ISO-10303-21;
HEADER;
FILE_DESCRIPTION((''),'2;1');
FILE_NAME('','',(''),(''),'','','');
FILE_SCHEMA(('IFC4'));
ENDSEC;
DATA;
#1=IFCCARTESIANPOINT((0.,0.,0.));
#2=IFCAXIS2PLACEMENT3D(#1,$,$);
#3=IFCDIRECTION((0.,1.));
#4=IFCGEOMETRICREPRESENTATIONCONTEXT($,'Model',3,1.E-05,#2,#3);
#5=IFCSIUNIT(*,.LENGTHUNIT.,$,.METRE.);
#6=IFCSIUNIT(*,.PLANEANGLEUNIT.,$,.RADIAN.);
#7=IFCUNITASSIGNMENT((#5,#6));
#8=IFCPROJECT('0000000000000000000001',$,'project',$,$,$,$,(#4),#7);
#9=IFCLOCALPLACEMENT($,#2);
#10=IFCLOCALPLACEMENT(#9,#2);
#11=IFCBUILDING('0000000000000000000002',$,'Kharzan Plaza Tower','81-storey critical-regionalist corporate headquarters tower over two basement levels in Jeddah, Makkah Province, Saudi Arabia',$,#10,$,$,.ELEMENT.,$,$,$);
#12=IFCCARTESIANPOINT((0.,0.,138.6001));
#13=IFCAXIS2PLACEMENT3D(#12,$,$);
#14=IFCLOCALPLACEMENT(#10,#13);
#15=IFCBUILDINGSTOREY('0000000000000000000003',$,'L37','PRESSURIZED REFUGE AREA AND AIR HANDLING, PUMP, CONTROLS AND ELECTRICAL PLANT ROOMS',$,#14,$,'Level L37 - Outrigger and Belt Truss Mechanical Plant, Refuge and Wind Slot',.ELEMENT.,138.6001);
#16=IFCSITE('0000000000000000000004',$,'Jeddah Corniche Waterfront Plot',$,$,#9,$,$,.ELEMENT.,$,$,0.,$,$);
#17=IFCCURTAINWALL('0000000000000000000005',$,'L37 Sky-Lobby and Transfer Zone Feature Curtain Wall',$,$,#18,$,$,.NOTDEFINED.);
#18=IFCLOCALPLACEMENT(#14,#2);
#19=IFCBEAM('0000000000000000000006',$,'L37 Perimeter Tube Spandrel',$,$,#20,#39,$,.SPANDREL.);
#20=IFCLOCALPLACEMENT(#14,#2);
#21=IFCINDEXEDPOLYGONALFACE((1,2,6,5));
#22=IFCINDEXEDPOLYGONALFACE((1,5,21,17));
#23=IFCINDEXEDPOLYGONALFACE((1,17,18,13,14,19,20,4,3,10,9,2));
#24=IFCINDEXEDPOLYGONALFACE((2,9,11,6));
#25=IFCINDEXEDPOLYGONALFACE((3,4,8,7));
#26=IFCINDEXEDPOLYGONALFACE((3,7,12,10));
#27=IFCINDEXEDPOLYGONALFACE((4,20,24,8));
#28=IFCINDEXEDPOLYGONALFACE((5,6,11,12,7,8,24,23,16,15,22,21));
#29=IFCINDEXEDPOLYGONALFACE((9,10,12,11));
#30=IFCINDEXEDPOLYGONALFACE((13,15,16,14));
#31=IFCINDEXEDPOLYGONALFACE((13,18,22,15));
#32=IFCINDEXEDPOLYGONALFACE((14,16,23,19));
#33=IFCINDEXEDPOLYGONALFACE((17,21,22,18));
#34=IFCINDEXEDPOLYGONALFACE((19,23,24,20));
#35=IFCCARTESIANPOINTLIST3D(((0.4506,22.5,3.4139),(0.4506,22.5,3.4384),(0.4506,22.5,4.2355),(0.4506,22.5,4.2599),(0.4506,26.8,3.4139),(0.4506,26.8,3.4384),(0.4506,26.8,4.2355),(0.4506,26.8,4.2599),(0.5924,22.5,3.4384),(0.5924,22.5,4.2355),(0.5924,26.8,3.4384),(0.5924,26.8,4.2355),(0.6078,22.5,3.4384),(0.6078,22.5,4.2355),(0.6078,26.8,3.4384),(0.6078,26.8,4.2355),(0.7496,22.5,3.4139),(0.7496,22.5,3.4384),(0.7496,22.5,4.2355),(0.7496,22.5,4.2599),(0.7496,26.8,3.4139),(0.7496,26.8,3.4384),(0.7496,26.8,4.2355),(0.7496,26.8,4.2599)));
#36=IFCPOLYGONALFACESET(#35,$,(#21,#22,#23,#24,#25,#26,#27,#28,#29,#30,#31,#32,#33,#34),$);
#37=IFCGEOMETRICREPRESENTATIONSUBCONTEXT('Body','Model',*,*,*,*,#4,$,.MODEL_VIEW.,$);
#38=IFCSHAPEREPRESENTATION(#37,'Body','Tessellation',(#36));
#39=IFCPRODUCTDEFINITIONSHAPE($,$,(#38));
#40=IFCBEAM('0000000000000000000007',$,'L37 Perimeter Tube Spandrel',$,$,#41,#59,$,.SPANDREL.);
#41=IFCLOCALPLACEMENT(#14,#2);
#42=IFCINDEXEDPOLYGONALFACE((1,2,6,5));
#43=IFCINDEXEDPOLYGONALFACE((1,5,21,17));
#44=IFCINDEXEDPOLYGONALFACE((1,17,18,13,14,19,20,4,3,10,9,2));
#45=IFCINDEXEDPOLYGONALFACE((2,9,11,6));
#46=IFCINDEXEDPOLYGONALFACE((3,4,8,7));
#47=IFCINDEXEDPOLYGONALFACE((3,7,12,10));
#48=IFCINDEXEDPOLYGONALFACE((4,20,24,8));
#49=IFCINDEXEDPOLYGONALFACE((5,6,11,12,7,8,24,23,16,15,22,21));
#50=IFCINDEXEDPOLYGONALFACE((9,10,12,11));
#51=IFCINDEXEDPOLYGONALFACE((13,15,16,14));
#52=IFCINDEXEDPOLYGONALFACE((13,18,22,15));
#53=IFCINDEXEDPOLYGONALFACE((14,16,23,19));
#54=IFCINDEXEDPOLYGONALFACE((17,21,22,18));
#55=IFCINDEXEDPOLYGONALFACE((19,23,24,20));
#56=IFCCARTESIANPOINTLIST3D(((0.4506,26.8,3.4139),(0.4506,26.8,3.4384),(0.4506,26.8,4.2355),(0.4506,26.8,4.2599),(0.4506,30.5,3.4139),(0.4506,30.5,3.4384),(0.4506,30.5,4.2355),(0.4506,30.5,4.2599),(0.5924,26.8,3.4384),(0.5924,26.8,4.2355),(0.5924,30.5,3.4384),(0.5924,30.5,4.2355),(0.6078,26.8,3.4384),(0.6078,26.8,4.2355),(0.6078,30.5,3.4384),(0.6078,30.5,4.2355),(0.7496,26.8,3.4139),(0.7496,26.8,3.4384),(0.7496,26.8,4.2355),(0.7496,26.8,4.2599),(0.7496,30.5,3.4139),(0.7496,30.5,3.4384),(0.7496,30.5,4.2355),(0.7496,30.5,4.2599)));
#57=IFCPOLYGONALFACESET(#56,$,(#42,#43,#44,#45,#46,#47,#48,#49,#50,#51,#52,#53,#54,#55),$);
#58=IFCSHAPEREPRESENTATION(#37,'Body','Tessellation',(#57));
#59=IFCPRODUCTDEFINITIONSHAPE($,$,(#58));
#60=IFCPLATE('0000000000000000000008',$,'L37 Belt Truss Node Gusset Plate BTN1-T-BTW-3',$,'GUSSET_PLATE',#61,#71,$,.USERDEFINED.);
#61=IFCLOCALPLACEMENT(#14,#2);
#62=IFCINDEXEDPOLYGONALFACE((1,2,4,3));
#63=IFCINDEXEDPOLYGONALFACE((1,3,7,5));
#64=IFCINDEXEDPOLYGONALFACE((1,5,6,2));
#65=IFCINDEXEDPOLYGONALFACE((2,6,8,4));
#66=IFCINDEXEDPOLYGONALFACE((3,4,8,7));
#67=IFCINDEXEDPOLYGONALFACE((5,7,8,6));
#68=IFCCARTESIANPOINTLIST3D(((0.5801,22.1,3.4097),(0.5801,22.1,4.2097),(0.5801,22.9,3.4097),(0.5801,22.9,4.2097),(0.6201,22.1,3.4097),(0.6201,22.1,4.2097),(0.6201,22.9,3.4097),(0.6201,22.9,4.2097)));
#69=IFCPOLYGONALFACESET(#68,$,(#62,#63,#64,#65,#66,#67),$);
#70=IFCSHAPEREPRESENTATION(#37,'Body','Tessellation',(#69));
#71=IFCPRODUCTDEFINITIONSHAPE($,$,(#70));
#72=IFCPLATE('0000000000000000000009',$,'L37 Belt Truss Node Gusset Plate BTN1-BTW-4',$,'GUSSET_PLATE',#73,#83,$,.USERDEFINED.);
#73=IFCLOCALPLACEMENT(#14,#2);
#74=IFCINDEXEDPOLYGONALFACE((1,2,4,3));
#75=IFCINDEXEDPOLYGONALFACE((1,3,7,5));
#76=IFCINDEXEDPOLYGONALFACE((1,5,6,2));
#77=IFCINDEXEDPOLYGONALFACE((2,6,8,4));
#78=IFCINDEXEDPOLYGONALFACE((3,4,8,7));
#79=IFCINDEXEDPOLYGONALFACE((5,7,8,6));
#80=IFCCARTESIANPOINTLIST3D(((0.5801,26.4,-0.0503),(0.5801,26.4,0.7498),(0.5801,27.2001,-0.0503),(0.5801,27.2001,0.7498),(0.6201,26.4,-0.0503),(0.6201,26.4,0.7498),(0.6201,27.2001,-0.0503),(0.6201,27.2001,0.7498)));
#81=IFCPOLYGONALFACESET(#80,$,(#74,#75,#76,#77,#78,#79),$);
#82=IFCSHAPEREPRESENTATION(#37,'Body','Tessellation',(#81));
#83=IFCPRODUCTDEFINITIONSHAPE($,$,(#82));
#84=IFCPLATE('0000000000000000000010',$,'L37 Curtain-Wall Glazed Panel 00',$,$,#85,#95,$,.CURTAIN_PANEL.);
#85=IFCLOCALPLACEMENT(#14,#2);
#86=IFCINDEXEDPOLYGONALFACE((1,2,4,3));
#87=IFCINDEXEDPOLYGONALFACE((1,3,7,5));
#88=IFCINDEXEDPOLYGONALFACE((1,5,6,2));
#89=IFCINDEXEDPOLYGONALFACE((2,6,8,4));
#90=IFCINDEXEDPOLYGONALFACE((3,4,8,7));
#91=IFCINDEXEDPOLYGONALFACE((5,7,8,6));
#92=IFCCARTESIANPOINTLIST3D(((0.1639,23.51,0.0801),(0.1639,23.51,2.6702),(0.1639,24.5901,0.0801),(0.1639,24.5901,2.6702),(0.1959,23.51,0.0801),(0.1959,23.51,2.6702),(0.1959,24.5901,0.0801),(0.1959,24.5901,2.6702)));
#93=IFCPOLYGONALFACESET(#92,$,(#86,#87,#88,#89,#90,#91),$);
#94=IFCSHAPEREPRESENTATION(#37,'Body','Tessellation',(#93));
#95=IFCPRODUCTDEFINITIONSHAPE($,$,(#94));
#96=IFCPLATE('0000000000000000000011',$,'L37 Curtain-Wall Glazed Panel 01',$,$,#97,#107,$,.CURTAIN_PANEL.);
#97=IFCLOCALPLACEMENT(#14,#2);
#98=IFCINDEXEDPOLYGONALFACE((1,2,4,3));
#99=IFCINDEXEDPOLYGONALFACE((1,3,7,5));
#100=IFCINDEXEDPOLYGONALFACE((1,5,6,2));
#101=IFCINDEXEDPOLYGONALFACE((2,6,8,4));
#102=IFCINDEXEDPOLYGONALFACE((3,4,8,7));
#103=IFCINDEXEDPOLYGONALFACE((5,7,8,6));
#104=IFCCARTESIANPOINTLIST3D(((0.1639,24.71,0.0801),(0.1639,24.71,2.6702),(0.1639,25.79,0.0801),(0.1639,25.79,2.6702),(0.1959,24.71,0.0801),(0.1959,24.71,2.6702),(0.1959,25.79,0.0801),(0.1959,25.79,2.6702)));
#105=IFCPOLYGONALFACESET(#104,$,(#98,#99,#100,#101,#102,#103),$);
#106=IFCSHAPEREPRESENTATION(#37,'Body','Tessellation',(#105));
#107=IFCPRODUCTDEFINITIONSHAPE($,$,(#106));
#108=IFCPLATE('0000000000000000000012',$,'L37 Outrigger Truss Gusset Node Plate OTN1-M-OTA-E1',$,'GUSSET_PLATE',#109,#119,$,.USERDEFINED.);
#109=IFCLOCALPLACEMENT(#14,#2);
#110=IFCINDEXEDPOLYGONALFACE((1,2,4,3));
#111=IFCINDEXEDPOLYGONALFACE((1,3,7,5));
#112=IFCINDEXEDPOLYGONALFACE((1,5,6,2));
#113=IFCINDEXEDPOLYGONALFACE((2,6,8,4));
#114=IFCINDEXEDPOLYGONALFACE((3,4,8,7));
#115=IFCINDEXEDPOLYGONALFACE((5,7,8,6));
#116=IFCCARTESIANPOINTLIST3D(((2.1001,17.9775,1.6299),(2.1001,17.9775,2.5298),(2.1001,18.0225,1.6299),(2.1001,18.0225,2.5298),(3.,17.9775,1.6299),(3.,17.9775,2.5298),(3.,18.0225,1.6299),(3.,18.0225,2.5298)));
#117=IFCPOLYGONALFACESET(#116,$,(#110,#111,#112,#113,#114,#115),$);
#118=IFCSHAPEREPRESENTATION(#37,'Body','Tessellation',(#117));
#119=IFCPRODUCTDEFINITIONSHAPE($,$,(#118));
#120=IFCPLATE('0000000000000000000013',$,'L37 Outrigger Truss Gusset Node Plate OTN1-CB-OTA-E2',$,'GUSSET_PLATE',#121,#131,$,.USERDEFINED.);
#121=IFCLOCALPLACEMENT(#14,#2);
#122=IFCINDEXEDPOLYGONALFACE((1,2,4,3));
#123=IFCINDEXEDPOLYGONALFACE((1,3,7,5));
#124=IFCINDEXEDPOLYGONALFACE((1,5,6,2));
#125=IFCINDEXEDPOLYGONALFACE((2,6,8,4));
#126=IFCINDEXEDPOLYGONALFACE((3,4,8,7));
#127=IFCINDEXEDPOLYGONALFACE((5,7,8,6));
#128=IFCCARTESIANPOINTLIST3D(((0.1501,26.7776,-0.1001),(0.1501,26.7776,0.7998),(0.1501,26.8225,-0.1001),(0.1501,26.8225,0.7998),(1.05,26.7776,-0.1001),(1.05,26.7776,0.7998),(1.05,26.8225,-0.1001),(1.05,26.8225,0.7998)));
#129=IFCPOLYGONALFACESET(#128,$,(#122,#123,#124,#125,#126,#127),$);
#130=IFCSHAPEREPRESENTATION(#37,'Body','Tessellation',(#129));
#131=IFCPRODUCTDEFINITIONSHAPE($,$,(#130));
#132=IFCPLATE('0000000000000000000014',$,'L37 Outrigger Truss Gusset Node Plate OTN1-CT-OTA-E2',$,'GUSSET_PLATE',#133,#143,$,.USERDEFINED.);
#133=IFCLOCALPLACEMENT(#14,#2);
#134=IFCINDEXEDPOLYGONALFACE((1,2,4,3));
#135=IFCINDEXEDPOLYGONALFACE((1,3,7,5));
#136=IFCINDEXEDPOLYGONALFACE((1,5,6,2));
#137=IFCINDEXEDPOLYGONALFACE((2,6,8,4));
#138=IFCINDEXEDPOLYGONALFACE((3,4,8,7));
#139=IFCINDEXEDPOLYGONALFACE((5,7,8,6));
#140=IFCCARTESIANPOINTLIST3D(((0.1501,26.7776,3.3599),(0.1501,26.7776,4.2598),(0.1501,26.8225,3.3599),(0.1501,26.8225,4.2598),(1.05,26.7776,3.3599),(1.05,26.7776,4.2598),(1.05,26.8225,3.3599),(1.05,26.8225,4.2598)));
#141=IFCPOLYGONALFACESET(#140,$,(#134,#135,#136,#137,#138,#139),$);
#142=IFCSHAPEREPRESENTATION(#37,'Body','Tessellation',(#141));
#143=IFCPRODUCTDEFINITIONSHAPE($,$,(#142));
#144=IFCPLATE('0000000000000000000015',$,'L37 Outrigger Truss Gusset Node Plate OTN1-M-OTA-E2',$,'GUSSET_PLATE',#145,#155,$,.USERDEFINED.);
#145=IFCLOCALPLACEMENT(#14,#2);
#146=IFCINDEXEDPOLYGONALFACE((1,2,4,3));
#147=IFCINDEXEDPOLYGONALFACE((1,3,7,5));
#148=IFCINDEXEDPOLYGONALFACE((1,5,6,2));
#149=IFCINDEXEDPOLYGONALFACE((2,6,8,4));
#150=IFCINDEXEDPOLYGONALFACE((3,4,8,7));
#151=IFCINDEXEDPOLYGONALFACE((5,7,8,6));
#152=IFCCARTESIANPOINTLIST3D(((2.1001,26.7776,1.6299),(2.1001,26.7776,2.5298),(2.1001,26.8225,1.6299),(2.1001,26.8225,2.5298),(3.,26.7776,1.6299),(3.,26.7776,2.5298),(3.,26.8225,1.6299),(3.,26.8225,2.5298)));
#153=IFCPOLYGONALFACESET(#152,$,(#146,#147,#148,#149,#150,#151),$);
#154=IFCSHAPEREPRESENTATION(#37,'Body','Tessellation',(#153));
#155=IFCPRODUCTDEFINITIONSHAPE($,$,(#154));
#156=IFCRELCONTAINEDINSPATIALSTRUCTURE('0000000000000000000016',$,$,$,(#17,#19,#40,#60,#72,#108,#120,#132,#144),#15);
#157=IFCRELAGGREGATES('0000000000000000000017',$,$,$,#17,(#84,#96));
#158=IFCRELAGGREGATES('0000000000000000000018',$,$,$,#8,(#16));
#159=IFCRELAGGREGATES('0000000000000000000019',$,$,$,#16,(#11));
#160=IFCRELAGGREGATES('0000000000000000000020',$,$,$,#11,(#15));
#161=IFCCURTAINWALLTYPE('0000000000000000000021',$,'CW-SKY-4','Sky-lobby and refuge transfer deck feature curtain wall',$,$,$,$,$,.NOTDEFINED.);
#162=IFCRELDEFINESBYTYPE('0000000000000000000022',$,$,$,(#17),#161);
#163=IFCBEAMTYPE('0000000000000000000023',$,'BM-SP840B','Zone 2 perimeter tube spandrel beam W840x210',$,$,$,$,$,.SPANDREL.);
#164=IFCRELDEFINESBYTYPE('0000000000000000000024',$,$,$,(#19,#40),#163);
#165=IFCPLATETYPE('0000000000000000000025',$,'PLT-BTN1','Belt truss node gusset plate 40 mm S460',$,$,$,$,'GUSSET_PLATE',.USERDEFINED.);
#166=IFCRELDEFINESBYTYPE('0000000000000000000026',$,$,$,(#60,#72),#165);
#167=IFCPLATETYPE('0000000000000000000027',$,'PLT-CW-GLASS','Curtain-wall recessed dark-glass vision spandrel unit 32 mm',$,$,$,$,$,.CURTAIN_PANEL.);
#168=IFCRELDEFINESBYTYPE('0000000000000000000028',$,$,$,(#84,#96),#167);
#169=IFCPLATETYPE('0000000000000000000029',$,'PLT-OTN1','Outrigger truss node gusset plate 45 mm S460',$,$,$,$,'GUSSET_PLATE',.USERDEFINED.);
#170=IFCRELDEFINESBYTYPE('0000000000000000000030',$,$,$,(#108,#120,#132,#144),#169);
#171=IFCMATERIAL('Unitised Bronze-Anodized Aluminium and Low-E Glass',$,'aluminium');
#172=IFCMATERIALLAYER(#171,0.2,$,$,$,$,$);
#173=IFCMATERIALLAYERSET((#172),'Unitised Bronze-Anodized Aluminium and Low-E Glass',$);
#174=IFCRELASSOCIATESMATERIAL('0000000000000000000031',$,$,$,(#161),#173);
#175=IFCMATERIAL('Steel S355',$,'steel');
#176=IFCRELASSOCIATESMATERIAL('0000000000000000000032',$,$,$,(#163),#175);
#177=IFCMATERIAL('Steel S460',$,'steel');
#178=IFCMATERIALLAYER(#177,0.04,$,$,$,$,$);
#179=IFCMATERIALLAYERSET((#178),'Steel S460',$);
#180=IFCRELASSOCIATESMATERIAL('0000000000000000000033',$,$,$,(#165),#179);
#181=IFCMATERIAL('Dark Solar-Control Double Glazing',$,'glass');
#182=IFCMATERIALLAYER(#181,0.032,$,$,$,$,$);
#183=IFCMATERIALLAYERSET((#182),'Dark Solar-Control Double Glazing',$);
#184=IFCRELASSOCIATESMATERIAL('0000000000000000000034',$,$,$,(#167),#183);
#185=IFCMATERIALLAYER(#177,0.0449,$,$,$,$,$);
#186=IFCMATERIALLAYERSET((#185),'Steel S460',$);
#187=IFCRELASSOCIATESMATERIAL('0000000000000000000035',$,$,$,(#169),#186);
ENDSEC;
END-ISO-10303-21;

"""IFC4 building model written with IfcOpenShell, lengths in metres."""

from ifc_helpers import new_model, si_unit, direction, frame, origin, origin_2d, place, context, subcontext, project, spatial, rectangle, i_section, extrude, source, transform, mapped, material, layer, layer_set, material_profile, profile_set, type_object, element, aggregate, save


model = new_model("IFC4")

# Units and contexts
model_context = context("Model", 3, precision=1e-05, world=origin(), true_north=direction((0.0, 1.0)))
body_context = subcontext(model_context, "Body", "Model", "MODEL_VIEW")
ifc_project = project(units=[si_unit("LENGTHUNIT", "METRE"), si_unit("PLANEANGLEUNIT", "RADIAN")], contexts=[model_context])

# Site, building, storey
site_placement = place(None, origin())
site = spatial("IfcSite", under=ifc_project, at=site_placement, Name="Jeddah Corniche Waterfront Plot", CompositionType="ELEMENT", RefElevation=0.0)
building_placement = place(site_placement, origin())
building = spatial("IfcBuilding", under=site, at=building_placement, Name="Kharzan Plaza Tower", Description="81-storey critical-regionalist corporate headquarters tower over two basement levels in Jeddah, Makkah Province, Saudi Arabia", CompositionType="ELEMENT")
storey_placement = place(building_placement, frame((0.0, 0.0, 138.6001)))
storey = spatial("IfcBuildingStorey", under=building, at=storey_placement, Name="L37", Description="PRESSURIZED REFUGE AREA AND AIR HANDLING, PUMP, CONTROLS AND ELECTRICAL PLANT ROOMS", LongName="Level L37 - Outrigger and Belt Truss Mechanical Plant, Refuge and Wind Slot", CompositionType="ELEMENT", Elevation=138.6001)

# Shared definitions
ifc_material_1 = material(Name="Steel S355", Category="steel")

# Curtain wall
ifc_material_2 = material(Name="Unitised Bronze-Anodized Aluminium and Low-E Glass", Category="aluminium")
ifc_layer_1 = layer(ifc_material_2, 0.2)
ifc_layer_set_1 = layer_set([ifc_layer_1], Name="Unitised Bronze-Anodized Aluminium and Low-E Glass")
curtain_wall_type = type_object("IfcCurtainWallType", Name="CW-SKY-4", Description="Sky-lobby and refuge transfer deck feature curtain wall", PredefinedType="NOTDEFINED", material=ifc_layer_set_1)
curtain_wall_placement = place(storey_placement, origin())
curtain_wall = element("IfcCurtainWall", 1, at=curtain_wall_placement, inside=storey, type_object=curtain_wall_type, Name="L37 Sky-Lobby and Transfer Zone Feature Curtain Wall", PredefinedType="NOTDEFINED")

# Beams
ifc_material_profile_1 = material_profile(ifc_material_1, i_section(OverallWidth=0.2991, OverallDepth=0.8459, WebThickness=0.0154, FlangeThickness=0.0244, at=origin_2d()), Name="W840x210")
ifc_profile_set_1 = profile_set([ifc_material_profile_1], Name="Steel S355")
beam_type_1 = type_object("IfcBeamType", Name="BM-SP840B", Description="Zone 2 perimeter tube spandrel beam W840x210", PredefinedType="SPANDREL", material=ifc_profile_set_1)
shared_shape_1 = source(origin(), body_context, "Body", "SweptSolid", [
    extrude(i_section(OverallWidth=0.2991, OverallDepth=0.8459, WebThickness=0.0154, FlangeThickness=0.0244, at=origin_2d()), origin(), (0.0, 0.0, 1.0), 4.3),
])
beam_1_placement = place(storey_placement, frame((0.6001, 22.5, 3.8369), z_axis=(0.0, 1.0, 0.0), x_axis=(-1.0, 0.0, 0.0)))
element("IfcBeam", 2, at=beam_1_placement, inside=storey, type_object=beam_type_1, Name="L37 Perimeter Tube Spandrel", PredefinedType="SPANDREL", context=body_context, shape_type="MappedRepresentation", body=[
    mapped(shared_shape_1, transform((0.0, 0.0, 0.0), x_axis=(1.0, 0.0, 0.0), y_axis=(0.0, 1.0, 0.0), z_axis=(0.0, 0.0, 1.0))),
])
shared_shape_2 = source(origin(), body_context, "Body", "SweptSolid", [
    extrude(i_section(OverallWidth=0.2991, OverallDepth=0.8459, WebThickness=0.0154, FlangeThickness=0.0244, at=origin_2d()), origin(), (0.0, 0.0, 1.0), 3.7),
])
beam_2_placement = place(storey_placement, frame((0.6001, 26.8, 3.8369), z_axis=(0.0, 1.0, 0.0), x_axis=(-1.0, 0.0, 0.0)))
element("IfcBeam", 3, at=beam_2_placement, inside=storey, type_object=beam_type_1, Name="L37 Perimeter Tube Spandrel", PredefinedType="SPANDREL", context=body_context, shape_type="MappedRepresentation", body=[
    mapped(shared_shape_2, transform((0.0, 0.0, 0.0), x_axis=(1.0, 0.0, 0.0), y_axis=(0.0, 1.0, 0.0), z_axis=(0.0, 0.0, 1.0))),
])

# Plates
ifc_material_3 = material(Name="Steel S460", Category="steel")
ifc_layer_2 = layer(ifc_material_3, 0.04)
ifc_layer_set_2 = layer_set([ifc_layer_2], Name="Steel S460")
plate_type_1 = type_object("IfcPlateType", Name="PLT-BTN1", Description="Belt truss node gusset plate 40 mm S460", ElementType="GUSSET_PLATE", PredefinedType="USERDEFINED", material=ifc_layer_set_2)
shared_shape_3 = source(origin(), body_context, "Body", "SweptSolid", [
    extrude(rectangle(XDim=0.8, YDim=0.04, at=origin_2d()), origin(), (0.0, 0.0, 1.0), 0.8),
])
for number, where, z_axis, x_axis, name in (
    (4, (0.6001, 22.5, 3.4097), (0.0, 0.0, 1.0), (0.0, 1.0, 0.0), "L37 Belt Truss Node Gusset Plate BTN1-T-BTW-3"),
    (5, (0.6001, 26.8, -0.0503), (0.0, 0.0, 1.0), (0.0, 1.0, 0.0), "L37 Belt Truss Node Gusset Plate BTN1-BTW-4"),
):
    element("IfcPlate", number, at=place(storey_placement, frame(where, z_axis=z_axis, x_axis=x_axis)), inside=storey, type_object=plate_type_1, Name=name, ObjectType="GUSSET_PLATE", PredefinedType="USERDEFINED", context=body_context, shape_type="MappedRepresentation", body=[
        mapped(shared_shape_3, transform((0.0, 0.0, 0.0), x_axis=(1.0, 0.0, 0.0), y_axis=(0.0, 1.0, 0.0), z_axis=(0.0, 0.0, 1.0))),
    ])

# Plates
ifc_material_4 = material(Name="Dark Solar-Control Double Glazing", Category="glass")
ifc_layer_3 = layer(ifc_material_4, 0.032)
ifc_layer_set_3 = layer_set([ifc_layer_3], Name="Dark Solar-Control Double Glazing")
plate_type_2 = type_object("IfcPlateType", Name="PLT-CW-GLASS", Description="Curtain-wall recessed dark-glass vision spandrel unit 32 mm", PredefinedType="CURTAIN_PANEL", material=ifc_layer_set_3)
shared_shape_4 = source(origin(), body_context, "Body", "SweptSolid", [
    extrude(rectangle(XDim=1.0801, YDim=0.032, at=origin_2d()), origin(), (0.0, 0.0, 1.0), 2.5901),
])
plate_1_placement = place(storey_placement, frame((0.1799, 24.05, 0.0801), z_axis=(0.0, 0.0, 1.0), x_axis=(0.0, 1.0, 0.0)))
plate_1 = element("IfcPlate", 6, at=plate_1_placement, type_object=plate_type_2, Name="L37 Curtain-Wall Glazed Panel 00", PredefinedType="CURTAIN_PANEL", context=body_context, shape_type="MappedRepresentation", body=[
    mapped(shared_shape_4, transform((0.0, 0.0, 0.0), x_axis=(1.0, 0.0, 0.0), y_axis=(0.0, 1.0, 0.0), z_axis=(0.0, 0.0, 1.0))),
])
plate_2_placement = place(storey_placement, frame((0.1799, 25.25, 0.0801), z_axis=(0.0, 0.0, 1.0), x_axis=(0.0, 1.0, 0.0)))
plate_2 = element("IfcPlate", 7, at=plate_2_placement, type_object=plate_type_2, Name="L37 Curtain-Wall Glazed Panel 01", PredefinedType="CURTAIN_PANEL", context=body_context, shape_type="MappedRepresentation", body=[
    mapped(shared_shape_4, transform((0.0, 0.0, 0.0), x_axis=(1.0, 0.0, 0.0), y_axis=(0.0, 1.0, 0.0), z_axis=(0.0, 0.0, 1.0))),
])
aggregate(curtain_wall, [plate_1, plate_2])

# Plates
ifc_layer_4 = layer(ifc_material_3, 0.0449)
ifc_layer_set_4 = layer_set([ifc_layer_4], Name="Steel S460")
plate_type_3 = type_object("IfcPlateType", Name="PLT-OTN1", Description="Outrigger truss node gusset plate 45 mm S460", ElementType="GUSSET_PLATE", PredefinedType="USERDEFINED", material=ifc_layer_set_4)
shared_shape_5 = source(origin(), body_context, "Body", "SweptSolid", [
    extrude(rectangle(XDim=0.8999, YDim=0.0449, at=origin_2d()), origin(), (0.0, 0.0, 1.0), 0.8999),
])
for number, where, z_axis, x_axis, name in (
    (8, (2.55, 18.0, 1.6299), (0.0, 0.0, 1.0), (-1.0, 0.0, 0.0), "L37 Outrigger Truss Gusset Node Plate OTN1-M-OTA-E1"),
    (9, (0.6001, 26.8, -0.1001), (0.0, 0.0, 1.0), (-1.0, 0.0, 0.0), "L37 Outrigger Truss Gusset Node Plate OTN1-CB-OTA-E2"),
    (10, (0.6001, 26.8, 3.3599), (0.0, 0.0, 1.0), (-1.0, 0.0, 0.0), "L37 Outrigger Truss Gusset Node Plate OTN1-CT-OTA-E2"),
    (11, (2.55, 26.8, 1.6299), (0.0, 0.0, 1.0), (-1.0, 0.0, 0.0), "L37 Outrigger Truss Gusset Node Plate OTN1-M-OTA-E2"),
):
    element("IfcPlate", number, at=place(storey_placement, frame(where, z_axis=z_axis, x_axis=x_axis)), inside=storey, type_object=plate_type_3, Name=name, ObjectType="GUSSET_PLATE", PredefinedType="USERDEFINED", context=body_context, shape_type="MappedRepresentation", body=[
        mapped(shared_shape_5, transform((0.0, 0.0, 0.0), x_axis=(1.0, 0.0, 0.0), y_axis=(0.0, 1.0, 0.0), z_axis=(0.0, 0.0, 1.0))),
    ])

save(model, "model.ifc")
